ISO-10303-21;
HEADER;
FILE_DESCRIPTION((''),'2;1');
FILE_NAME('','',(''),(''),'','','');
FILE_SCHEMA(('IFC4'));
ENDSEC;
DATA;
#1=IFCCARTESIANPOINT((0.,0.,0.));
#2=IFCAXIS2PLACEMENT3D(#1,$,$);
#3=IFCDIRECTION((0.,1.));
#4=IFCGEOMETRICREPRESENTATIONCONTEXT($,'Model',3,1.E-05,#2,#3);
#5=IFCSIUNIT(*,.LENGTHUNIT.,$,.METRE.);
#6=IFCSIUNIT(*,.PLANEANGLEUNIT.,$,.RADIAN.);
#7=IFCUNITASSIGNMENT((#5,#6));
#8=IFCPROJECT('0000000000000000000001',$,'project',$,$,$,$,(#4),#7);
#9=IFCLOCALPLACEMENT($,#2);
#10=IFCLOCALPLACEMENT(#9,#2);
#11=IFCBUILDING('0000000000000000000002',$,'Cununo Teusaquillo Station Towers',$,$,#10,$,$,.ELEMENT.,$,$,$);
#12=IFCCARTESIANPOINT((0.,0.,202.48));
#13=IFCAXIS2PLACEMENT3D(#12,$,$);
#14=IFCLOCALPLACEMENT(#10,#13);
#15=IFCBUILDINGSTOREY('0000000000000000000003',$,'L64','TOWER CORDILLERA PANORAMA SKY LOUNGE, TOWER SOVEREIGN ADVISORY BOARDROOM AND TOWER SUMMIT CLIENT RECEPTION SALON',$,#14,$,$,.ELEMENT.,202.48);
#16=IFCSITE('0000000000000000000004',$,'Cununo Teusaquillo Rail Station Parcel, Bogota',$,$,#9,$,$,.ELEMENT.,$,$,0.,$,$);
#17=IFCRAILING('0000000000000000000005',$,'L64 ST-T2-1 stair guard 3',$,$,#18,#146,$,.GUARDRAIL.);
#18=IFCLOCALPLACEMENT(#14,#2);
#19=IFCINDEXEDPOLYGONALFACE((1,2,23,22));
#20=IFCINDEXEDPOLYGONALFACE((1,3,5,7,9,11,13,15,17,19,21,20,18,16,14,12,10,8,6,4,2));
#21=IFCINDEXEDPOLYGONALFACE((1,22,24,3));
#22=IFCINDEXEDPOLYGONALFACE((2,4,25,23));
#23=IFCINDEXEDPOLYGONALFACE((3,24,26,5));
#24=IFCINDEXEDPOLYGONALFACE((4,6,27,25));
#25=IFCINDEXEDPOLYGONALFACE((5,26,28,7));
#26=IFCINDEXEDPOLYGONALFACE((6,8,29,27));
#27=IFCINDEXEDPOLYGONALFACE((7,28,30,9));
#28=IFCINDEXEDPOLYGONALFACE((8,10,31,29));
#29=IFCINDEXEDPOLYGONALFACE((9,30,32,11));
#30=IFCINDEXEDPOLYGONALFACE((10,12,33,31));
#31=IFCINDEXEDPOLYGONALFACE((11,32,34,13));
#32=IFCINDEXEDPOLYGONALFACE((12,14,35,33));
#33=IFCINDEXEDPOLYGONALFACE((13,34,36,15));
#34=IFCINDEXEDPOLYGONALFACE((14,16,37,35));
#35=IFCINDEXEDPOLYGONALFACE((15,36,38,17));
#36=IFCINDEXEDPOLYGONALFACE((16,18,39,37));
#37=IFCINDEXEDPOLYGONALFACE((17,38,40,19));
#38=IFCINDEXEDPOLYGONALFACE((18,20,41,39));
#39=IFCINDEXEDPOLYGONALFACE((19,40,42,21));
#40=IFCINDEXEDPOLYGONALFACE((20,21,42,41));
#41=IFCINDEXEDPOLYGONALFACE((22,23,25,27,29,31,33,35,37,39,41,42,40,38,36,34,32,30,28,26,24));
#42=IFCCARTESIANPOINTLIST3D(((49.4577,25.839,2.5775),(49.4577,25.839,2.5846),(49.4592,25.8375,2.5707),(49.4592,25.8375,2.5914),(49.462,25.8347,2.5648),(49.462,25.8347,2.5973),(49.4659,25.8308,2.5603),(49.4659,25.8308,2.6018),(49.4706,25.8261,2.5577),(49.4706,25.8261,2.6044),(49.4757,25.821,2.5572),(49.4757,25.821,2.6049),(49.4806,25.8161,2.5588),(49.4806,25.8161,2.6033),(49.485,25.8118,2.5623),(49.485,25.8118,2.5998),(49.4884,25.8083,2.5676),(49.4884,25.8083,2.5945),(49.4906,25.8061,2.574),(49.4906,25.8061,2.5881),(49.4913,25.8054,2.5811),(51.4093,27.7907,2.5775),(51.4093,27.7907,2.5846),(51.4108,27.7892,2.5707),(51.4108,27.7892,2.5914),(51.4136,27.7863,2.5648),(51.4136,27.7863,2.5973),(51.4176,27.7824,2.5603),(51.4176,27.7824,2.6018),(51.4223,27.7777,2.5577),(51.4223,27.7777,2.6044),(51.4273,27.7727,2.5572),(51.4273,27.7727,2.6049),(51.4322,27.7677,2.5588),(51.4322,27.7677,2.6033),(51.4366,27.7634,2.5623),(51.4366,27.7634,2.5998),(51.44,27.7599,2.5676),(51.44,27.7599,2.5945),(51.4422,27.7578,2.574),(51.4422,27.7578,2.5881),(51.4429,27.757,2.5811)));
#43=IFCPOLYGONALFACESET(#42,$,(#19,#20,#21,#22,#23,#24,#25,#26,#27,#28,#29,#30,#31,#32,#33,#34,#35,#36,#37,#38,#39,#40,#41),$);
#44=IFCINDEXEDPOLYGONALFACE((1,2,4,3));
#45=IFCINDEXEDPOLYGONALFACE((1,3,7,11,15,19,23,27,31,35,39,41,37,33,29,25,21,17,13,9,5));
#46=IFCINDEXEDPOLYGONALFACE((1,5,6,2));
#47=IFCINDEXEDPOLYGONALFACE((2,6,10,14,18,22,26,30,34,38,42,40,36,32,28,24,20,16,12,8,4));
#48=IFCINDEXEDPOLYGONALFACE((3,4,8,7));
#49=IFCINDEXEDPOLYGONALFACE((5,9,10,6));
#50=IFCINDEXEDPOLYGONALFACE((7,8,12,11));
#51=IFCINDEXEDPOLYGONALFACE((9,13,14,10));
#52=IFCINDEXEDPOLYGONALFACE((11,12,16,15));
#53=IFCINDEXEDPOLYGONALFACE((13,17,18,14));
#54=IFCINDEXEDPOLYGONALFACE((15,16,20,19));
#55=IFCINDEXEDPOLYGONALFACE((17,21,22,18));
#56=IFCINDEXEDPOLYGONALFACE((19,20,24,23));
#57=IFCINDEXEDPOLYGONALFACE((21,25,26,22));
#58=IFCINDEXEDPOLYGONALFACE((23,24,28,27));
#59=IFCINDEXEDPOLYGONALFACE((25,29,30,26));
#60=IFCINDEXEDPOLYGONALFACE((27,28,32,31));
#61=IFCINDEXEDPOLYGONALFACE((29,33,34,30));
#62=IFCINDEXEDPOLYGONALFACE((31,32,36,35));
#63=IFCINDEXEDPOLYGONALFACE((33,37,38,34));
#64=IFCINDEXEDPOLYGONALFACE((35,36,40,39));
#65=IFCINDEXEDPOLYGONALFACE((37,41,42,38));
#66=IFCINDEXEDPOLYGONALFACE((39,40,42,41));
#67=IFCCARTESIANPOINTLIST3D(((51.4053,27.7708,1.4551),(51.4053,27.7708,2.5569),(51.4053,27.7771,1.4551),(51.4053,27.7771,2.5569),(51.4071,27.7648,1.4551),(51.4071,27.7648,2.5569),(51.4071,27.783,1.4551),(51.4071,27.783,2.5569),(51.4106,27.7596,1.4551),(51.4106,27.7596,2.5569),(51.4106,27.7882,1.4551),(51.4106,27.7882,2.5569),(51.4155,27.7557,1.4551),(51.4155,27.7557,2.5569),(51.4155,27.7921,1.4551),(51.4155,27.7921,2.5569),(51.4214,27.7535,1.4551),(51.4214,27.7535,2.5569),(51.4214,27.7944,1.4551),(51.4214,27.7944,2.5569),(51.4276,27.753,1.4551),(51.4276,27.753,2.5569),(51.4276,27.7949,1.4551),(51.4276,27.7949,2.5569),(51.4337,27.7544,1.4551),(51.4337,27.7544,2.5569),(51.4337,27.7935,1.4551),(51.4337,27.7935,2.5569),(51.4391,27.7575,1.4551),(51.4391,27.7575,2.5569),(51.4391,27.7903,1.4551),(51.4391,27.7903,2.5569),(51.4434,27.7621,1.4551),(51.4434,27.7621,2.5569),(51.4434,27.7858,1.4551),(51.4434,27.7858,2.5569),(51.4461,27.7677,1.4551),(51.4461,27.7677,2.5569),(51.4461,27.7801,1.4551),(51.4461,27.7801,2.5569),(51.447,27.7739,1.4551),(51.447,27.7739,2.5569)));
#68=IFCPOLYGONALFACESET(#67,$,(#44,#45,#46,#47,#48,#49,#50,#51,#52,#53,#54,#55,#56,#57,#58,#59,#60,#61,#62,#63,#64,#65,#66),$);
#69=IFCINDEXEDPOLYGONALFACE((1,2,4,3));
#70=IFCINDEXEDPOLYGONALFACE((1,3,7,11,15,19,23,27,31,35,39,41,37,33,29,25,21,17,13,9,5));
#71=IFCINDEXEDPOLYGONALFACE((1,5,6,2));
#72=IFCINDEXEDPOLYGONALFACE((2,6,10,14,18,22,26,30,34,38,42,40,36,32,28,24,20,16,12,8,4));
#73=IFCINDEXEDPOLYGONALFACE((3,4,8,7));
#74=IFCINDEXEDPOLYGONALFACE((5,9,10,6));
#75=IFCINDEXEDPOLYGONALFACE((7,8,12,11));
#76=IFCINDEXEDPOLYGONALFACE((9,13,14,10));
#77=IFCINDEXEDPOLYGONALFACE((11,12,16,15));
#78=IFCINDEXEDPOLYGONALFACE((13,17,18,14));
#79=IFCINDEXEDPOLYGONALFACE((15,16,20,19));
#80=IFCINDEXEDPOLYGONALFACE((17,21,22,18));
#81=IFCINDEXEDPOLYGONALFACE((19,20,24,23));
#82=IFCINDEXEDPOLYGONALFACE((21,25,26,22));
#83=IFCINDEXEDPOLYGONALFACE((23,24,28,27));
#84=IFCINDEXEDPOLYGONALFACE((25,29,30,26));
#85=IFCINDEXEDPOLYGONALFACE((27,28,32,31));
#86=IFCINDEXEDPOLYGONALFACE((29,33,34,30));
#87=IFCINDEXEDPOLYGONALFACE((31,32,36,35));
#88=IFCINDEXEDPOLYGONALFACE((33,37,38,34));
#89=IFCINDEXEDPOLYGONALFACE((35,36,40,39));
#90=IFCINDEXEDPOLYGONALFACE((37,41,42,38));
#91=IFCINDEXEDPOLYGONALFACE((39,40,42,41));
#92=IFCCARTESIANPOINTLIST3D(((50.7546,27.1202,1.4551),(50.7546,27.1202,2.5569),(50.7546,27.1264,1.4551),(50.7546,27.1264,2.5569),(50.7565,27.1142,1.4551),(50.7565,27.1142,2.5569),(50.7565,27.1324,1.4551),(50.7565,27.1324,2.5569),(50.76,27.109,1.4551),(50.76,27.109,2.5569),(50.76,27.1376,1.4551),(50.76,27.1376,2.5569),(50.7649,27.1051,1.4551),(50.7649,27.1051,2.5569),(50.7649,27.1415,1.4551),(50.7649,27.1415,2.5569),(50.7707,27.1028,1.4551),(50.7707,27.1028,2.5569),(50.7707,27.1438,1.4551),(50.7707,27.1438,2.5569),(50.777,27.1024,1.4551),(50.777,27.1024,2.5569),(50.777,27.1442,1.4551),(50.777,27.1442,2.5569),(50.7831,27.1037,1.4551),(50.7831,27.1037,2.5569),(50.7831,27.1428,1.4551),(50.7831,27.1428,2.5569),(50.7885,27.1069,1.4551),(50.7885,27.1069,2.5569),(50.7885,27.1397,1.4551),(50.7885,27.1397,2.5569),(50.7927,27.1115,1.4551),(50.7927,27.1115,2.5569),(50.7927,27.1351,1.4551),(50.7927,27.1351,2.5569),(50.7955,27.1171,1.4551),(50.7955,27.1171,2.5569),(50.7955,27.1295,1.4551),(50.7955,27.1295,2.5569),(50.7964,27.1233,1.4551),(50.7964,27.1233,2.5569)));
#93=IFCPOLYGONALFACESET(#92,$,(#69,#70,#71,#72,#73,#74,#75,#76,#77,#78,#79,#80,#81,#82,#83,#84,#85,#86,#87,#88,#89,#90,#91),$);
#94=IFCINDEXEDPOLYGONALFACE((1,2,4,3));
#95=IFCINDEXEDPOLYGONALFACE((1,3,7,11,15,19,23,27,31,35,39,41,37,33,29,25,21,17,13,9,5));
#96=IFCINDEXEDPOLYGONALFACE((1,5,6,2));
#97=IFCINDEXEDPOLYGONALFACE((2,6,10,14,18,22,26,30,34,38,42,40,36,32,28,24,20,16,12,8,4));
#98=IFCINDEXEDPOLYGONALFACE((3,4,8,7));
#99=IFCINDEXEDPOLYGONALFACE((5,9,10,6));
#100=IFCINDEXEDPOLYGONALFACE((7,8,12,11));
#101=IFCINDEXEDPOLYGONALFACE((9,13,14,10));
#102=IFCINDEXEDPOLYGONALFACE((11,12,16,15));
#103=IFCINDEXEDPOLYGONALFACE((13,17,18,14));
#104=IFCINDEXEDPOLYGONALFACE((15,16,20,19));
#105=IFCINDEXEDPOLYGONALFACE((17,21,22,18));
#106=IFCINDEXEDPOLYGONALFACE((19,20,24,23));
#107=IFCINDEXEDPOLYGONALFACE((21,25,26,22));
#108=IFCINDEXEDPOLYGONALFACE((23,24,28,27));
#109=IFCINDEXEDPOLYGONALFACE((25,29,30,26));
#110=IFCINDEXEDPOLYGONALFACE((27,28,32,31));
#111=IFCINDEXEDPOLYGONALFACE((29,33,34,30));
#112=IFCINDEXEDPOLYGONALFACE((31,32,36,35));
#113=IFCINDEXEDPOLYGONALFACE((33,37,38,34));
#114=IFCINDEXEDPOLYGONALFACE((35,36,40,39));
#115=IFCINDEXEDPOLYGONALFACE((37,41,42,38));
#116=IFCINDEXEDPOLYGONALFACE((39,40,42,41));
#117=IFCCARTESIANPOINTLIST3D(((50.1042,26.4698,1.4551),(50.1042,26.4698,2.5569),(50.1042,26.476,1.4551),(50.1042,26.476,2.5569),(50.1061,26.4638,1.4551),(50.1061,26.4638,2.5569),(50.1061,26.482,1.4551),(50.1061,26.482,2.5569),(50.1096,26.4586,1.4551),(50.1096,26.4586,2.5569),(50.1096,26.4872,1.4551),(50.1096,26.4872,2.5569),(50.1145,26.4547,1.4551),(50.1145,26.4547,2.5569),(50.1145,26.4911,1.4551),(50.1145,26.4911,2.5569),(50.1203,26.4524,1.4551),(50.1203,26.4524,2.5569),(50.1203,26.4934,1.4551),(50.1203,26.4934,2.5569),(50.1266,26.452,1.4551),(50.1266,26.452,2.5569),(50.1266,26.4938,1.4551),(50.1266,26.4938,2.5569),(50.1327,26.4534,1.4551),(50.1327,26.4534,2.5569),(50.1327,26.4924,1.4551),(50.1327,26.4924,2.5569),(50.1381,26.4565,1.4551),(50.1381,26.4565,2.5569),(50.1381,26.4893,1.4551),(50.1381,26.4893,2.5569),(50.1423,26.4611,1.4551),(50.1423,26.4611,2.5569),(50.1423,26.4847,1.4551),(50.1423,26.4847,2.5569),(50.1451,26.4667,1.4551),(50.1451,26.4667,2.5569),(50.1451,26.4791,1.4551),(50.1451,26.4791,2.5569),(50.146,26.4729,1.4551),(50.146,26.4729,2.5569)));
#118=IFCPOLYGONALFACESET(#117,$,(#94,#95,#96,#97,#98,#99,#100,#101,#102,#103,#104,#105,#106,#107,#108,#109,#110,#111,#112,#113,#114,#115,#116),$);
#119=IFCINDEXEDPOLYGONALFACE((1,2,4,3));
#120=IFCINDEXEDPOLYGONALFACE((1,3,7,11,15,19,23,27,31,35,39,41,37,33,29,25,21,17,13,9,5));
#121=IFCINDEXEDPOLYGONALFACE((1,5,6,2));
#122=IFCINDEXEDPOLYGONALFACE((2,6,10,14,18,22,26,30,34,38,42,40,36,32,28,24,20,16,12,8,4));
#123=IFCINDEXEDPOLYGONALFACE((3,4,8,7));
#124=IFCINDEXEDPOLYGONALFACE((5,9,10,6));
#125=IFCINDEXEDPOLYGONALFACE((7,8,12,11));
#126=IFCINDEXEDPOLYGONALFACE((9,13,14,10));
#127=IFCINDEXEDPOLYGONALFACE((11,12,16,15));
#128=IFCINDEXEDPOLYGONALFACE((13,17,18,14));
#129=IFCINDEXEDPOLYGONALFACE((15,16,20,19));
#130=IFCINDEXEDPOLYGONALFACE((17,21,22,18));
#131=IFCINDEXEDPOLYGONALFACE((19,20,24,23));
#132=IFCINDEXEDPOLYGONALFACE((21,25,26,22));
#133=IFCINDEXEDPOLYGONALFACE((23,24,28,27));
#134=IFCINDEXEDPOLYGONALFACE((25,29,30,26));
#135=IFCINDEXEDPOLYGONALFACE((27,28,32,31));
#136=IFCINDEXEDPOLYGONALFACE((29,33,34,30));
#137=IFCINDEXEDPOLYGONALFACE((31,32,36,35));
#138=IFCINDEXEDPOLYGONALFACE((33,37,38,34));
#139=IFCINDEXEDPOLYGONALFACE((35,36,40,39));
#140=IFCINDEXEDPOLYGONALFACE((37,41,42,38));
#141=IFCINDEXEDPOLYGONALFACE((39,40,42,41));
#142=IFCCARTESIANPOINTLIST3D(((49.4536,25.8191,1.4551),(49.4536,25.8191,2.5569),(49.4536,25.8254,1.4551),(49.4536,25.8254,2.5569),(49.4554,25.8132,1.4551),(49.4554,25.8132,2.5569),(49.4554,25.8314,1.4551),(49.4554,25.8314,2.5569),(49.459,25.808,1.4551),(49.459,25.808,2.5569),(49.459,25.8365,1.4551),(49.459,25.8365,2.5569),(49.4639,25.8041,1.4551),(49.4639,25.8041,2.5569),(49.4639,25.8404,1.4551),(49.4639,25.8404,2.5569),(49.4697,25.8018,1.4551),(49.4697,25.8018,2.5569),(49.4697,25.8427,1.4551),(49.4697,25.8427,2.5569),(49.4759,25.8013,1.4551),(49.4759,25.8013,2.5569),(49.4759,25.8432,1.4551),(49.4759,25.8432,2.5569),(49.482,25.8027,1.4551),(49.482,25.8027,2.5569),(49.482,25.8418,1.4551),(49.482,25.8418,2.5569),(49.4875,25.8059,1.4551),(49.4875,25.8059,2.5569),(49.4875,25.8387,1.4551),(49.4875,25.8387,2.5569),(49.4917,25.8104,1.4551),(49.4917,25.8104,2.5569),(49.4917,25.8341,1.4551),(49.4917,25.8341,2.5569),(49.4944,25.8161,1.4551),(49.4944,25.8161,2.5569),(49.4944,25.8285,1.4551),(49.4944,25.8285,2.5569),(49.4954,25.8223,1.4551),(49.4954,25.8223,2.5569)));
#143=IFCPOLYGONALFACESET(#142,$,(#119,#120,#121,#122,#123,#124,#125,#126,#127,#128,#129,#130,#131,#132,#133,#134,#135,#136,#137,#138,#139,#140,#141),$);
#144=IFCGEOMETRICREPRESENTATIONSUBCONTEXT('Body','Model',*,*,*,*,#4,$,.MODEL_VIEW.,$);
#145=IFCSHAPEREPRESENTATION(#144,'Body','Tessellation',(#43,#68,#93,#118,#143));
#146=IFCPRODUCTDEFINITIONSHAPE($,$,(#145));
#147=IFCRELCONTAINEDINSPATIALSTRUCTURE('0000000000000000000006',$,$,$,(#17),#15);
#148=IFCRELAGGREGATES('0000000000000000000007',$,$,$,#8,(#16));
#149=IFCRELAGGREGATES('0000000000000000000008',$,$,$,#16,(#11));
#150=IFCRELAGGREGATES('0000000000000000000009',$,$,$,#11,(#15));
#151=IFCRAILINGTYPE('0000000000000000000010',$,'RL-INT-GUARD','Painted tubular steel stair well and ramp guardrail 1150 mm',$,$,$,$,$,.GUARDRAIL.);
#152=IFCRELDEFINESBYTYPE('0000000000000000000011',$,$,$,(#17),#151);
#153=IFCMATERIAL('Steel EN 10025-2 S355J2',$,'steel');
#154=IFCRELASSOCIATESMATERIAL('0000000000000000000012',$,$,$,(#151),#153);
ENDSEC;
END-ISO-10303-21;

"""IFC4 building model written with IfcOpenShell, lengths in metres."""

from ifc_helpers import new_model, si_unit, direction, frame, origin, origin_2d, place, context, subcontext, project, spatial, circle, extrude, material, type_object, element, save


model = new_model("IFC4")

# Units and contexts
model_context = context("Model", 3, precision=1e-05, world=origin(), true_north=direction((0.0, 1.0)))
body_context = subcontext(model_context, "Body", "Model", "MODEL_VIEW")
ifc_project = project(units=[si_unit("LENGTHUNIT", "METRE"), si_unit("PLANEANGLEUNIT", "RADIAN")], contexts=[model_context])

# Site, building, storey
site_placement = place(None, origin())
site = spatial("IfcSite", under=ifc_project, at=site_placement, Name="Cununo Teusaquillo Rail Station Parcel, Bogota", CompositionType="ELEMENT", RefElevation=0.0)
building_placement = place(site_placement, origin())
building = spatial("IfcBuilding", under=site, at=building_placement, Name="Cununo Teusaquillo Station Towers", CompositionType="ELEMENT")
storey_placement = place(building_placement, frame((0.0, 0.0, 202.48)))
storey = spatial("IfcBuildingStorey", under=building, at=storey_placement, Name="L64", Description="TOWER CORDILLERA PANORAMA SKY LOUNGE, TOWER SOVEREIGN ADVISORY BOARDROOM AND TOWER SUMMIT CLIENT RECEPTION SALON", CompositionType="ELEMENT", Elevation=202.48)

# Railing
ifc_material_1 = material(Name="Steel EN 10025-2 S355J2", Category="steel")
railing_type = type_object("IfcRailingType", Name="RL-INT-GUARD", Description="Painted tubular steel stair well and ramp guardrail 1150 mm", PredefinedType="GUARDRAIL", material=ifc_material_1)
railing_1_placement = place(storey_placement, frame((51.426, 27.7739, 1.4551)))
element("IfcRailing", 1, at=railing_1_placement, inside=storey, type_object=railing_type, Name="L64 ST-T2-1 stair guard 3", PredefinedType="GUARDRAIL", context=body_context, shape_type="SweptSolid", body=[
    extrude(circle(Radius=0.0239, at=origin_2d()), frame((0.0, 0.0, 1.126), z_axis=(-0.707107, -0.707107, 0.0), x_axis=(0.707107, -0.707107, 0.0)), (0.0, 0.0, 1.0), 2.76),
    extrude(circle(Radius=0.021, at=origin_2d()), origin(), (0.0, 0.0, 1.0), 1.1018),
    extrude(circle(Radius=0.021, at=origin_2d()), frame((-0.6506, -0.6506, 0.0)), (0.0, 0.0, 1.0), 1.1018),
    extrude(circle(Radius=0.021, at=origin_2d()), frame((-1.301, -1.301, 0.0)), (0.0, 0.0, 1.0), 1.1018),
    extrude(circle(Radius=0.021, at=origin_2d()), frame((-1.9517, -1.9517, 0.0)), (0.0, 0.0, 1.0), 1.1018),
])

save(model, "model.ifc")
